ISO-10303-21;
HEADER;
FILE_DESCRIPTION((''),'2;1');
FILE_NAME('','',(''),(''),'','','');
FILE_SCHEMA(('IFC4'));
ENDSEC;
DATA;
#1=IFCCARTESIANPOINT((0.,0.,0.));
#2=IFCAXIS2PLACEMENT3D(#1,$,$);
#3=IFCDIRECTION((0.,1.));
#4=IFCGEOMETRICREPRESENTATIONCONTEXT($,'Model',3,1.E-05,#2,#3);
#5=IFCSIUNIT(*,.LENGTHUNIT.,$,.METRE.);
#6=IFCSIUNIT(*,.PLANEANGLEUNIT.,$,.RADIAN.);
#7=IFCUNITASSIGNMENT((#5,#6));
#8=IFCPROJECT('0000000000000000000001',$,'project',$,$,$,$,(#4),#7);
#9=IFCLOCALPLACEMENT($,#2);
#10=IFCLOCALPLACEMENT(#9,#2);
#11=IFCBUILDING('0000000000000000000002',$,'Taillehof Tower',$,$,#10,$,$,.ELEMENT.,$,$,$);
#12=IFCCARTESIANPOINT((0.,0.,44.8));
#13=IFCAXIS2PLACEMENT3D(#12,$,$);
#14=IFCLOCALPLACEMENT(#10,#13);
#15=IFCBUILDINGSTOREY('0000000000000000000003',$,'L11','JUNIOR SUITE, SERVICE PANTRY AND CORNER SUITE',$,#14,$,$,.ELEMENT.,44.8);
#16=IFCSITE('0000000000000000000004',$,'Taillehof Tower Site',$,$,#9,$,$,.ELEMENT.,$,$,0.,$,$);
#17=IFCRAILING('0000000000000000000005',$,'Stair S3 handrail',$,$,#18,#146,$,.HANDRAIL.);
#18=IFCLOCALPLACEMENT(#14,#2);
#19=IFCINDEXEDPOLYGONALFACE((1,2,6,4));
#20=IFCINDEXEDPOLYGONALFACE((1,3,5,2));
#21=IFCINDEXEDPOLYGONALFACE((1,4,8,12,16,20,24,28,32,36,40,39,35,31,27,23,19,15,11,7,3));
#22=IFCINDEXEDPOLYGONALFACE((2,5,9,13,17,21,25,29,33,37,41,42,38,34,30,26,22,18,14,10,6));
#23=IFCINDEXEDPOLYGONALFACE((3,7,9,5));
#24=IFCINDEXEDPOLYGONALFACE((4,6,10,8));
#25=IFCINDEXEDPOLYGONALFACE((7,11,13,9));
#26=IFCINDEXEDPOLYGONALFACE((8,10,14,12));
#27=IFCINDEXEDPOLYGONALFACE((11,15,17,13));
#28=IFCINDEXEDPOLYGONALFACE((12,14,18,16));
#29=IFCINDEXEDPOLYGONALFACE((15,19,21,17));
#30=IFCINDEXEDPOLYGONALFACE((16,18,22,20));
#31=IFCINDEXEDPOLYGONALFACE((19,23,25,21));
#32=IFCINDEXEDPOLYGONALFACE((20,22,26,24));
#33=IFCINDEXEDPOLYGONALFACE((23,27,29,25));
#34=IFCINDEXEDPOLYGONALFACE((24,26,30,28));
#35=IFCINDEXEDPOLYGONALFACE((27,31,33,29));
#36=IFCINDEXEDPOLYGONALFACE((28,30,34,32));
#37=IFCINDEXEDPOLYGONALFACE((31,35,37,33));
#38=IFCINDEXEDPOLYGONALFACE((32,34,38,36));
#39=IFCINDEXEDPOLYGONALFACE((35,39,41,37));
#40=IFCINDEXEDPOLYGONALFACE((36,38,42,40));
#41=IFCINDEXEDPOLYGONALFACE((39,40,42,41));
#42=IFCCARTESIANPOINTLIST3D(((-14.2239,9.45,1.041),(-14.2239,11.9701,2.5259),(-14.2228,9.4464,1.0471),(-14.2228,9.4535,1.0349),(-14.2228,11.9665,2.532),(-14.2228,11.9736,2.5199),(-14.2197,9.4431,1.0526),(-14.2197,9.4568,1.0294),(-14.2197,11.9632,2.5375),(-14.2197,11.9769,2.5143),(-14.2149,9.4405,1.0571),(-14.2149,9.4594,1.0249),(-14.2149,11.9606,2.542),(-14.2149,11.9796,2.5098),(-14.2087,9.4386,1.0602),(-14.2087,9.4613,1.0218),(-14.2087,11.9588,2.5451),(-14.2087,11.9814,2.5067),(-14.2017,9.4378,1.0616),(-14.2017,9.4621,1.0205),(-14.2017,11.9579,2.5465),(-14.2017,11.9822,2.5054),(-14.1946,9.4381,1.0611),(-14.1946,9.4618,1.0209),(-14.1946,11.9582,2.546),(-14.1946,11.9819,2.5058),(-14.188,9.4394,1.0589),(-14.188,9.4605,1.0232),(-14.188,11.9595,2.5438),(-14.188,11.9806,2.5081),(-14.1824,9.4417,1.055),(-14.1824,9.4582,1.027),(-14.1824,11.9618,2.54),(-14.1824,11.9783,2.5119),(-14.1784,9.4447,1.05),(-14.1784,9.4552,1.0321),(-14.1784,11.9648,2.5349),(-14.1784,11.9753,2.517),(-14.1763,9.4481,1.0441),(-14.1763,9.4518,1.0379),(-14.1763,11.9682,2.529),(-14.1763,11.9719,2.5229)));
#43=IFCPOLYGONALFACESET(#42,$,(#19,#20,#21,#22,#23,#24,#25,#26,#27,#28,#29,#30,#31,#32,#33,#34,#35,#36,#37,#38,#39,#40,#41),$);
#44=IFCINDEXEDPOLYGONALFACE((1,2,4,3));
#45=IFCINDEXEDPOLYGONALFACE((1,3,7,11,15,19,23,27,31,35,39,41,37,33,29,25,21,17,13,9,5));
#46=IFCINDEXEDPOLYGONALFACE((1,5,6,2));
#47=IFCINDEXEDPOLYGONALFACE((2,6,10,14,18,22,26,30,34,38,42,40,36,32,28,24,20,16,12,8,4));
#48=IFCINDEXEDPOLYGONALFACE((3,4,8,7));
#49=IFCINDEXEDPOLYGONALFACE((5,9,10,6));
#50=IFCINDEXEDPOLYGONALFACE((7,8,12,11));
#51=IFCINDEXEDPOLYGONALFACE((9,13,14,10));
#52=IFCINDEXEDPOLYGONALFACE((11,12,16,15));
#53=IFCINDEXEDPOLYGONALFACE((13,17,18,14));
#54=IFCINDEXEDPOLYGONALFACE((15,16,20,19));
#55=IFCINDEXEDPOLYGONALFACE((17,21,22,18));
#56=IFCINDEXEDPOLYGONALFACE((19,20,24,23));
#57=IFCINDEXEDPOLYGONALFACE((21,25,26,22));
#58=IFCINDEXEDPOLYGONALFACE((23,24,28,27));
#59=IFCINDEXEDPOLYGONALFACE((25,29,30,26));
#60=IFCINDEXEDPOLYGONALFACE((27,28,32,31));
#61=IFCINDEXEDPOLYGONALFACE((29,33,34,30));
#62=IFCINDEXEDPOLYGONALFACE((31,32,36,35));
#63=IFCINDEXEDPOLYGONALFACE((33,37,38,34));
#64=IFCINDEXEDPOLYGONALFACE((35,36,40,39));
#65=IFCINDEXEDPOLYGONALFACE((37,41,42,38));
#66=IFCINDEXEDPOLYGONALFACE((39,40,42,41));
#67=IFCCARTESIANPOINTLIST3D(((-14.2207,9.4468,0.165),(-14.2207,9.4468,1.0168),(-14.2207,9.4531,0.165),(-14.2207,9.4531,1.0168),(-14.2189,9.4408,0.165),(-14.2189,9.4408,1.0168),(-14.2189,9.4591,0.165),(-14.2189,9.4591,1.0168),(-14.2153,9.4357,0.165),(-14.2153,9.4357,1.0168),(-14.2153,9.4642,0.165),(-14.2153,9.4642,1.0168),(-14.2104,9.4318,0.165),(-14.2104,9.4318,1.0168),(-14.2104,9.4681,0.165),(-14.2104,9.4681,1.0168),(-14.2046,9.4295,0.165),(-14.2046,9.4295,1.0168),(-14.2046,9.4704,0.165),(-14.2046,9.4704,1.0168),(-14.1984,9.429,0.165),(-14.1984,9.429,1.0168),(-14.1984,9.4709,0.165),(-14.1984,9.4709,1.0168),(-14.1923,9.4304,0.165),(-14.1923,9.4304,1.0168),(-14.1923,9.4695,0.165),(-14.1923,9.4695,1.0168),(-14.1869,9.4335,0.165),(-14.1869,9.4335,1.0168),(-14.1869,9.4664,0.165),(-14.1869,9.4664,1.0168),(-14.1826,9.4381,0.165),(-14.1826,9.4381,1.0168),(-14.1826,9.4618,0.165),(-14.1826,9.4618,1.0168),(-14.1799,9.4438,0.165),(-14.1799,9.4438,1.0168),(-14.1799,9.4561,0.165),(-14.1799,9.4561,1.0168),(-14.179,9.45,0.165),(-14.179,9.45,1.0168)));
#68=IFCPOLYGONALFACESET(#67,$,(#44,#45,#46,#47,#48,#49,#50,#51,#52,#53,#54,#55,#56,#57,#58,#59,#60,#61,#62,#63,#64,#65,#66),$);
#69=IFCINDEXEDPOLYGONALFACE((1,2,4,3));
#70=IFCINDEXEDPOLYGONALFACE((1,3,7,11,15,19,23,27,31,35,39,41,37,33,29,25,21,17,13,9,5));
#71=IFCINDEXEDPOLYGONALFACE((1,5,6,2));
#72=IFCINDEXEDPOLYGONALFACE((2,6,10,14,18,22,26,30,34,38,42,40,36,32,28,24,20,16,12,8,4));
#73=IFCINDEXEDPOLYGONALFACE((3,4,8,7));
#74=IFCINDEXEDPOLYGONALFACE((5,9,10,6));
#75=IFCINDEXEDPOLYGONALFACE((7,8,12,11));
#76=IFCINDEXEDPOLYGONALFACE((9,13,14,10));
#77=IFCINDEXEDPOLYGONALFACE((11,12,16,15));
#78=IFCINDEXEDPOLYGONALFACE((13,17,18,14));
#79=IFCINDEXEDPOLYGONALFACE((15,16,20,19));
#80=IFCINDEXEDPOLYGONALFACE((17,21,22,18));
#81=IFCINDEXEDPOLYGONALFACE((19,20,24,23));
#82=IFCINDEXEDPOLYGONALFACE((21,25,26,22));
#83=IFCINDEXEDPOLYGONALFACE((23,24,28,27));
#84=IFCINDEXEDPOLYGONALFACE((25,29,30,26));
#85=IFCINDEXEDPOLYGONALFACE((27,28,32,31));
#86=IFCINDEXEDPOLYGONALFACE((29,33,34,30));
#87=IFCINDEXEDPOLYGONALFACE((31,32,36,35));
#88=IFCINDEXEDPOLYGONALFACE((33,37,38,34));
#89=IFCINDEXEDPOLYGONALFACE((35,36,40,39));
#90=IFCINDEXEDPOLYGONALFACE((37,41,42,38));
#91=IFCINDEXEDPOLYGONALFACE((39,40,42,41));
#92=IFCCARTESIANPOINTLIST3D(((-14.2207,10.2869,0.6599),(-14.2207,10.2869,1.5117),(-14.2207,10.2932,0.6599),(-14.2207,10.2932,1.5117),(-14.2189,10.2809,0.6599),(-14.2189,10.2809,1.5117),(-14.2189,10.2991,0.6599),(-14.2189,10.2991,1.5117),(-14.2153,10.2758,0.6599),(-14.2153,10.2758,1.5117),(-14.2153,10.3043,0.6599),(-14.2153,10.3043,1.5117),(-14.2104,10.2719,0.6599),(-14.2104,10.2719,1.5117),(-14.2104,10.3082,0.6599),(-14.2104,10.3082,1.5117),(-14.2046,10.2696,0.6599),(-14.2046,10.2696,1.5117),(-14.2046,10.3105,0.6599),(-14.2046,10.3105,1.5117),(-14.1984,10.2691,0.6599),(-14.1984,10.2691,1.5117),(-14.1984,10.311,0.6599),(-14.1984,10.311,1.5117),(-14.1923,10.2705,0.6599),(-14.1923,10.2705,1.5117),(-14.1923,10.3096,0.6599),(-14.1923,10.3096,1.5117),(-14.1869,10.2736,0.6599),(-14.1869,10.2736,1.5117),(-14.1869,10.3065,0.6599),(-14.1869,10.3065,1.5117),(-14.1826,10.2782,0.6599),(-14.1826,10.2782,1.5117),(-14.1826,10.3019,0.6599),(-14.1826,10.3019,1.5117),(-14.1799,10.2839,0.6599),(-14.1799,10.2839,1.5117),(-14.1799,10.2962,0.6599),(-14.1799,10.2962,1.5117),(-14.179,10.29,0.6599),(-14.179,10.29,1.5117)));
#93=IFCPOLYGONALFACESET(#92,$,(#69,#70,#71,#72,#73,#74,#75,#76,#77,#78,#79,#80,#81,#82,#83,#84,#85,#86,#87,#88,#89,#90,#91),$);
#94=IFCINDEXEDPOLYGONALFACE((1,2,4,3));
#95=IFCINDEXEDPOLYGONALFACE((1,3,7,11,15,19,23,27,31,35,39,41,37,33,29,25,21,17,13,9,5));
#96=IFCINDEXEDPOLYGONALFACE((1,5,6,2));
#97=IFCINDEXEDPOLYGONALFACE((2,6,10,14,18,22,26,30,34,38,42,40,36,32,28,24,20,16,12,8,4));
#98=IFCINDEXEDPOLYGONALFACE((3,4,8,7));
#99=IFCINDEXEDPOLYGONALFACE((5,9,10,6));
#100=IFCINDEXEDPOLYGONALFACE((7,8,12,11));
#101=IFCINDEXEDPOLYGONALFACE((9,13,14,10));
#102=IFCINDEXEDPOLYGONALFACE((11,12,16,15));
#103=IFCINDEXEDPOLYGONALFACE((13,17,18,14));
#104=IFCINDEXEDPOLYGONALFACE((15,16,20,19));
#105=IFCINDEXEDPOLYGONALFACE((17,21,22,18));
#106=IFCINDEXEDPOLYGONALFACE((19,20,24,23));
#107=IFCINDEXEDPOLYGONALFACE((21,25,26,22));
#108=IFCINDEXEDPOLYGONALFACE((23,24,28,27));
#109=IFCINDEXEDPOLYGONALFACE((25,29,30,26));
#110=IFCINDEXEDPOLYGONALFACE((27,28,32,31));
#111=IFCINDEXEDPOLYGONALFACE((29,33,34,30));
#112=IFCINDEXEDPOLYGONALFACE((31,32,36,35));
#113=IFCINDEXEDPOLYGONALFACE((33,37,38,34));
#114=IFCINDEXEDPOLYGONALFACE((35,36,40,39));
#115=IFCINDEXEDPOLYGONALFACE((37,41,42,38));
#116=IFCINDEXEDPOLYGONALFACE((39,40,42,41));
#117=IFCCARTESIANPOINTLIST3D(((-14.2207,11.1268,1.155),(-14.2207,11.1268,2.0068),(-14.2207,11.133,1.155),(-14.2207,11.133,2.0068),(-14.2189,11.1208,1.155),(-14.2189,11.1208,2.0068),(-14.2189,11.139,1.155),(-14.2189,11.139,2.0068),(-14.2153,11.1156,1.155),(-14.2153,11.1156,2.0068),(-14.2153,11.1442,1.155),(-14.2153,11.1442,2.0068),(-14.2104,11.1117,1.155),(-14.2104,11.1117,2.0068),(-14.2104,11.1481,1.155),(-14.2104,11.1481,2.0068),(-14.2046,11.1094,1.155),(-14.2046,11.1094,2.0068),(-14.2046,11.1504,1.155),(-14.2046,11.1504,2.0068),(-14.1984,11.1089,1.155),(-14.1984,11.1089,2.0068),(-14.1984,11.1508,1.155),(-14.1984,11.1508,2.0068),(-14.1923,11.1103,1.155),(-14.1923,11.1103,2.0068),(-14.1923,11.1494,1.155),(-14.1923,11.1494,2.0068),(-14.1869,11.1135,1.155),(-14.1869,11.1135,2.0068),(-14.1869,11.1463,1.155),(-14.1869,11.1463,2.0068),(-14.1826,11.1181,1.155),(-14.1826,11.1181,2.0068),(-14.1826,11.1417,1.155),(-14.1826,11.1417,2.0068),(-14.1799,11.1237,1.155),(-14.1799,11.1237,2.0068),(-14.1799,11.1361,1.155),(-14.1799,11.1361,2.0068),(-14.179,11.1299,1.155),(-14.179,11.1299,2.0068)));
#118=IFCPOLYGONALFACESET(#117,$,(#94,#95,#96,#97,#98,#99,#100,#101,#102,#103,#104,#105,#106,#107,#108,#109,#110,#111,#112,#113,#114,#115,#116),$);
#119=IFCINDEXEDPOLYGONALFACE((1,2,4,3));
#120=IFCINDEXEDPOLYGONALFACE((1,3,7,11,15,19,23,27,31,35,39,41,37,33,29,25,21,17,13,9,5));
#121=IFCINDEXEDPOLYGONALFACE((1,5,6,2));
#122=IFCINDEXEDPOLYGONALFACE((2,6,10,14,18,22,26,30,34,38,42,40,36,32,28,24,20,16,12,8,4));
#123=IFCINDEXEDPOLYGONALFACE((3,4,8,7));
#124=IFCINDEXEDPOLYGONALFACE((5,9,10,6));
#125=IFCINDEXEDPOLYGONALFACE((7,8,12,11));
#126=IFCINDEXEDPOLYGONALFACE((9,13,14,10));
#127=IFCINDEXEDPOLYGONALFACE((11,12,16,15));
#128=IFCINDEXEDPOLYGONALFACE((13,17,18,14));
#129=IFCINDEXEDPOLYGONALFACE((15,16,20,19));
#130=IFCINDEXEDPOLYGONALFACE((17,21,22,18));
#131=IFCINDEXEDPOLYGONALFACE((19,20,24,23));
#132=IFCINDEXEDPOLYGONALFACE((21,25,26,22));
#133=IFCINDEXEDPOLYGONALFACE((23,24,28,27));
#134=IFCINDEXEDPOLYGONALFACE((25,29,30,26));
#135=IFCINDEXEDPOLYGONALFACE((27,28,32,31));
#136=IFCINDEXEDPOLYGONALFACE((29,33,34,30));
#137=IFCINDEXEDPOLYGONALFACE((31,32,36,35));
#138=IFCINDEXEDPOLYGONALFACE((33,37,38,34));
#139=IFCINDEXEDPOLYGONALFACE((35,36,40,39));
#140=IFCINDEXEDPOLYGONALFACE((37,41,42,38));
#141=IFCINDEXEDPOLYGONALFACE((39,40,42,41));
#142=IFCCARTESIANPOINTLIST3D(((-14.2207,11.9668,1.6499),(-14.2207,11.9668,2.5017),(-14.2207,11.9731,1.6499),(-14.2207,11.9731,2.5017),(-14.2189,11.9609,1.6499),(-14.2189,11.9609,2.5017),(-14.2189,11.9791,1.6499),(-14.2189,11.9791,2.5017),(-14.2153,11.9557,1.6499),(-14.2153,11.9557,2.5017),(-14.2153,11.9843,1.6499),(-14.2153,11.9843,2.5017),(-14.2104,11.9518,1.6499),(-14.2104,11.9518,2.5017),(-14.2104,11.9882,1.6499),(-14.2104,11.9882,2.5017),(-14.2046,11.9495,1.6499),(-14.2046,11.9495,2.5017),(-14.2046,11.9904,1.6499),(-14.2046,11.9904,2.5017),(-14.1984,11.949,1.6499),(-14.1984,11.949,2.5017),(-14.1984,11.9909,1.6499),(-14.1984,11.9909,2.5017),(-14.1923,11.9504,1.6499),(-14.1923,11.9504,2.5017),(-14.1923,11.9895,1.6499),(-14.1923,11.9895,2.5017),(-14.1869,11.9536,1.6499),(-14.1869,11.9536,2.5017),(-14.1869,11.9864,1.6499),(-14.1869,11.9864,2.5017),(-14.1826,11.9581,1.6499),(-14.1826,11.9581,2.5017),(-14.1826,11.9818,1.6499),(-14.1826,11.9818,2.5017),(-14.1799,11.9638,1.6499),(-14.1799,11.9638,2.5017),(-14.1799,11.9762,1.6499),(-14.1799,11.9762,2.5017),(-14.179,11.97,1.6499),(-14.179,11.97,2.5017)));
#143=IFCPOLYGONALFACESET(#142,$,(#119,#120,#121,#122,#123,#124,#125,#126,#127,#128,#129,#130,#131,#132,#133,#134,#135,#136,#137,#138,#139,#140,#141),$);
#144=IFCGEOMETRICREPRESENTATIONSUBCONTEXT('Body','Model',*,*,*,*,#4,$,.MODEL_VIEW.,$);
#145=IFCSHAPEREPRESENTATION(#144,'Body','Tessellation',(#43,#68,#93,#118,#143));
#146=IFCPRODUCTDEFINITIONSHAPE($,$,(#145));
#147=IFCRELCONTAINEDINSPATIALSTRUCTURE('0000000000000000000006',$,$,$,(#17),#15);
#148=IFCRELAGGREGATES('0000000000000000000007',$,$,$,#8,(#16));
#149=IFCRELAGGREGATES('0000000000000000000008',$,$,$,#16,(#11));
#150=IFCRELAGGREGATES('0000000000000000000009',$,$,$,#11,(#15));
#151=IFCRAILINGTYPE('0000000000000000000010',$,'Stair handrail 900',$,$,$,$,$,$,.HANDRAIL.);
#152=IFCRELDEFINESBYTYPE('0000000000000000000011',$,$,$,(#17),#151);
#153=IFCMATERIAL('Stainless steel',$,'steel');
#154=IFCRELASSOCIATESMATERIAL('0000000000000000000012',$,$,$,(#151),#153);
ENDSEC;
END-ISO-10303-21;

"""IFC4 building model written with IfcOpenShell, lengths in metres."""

from ifc_helpers import new_model, si_unit, direction, frame, origin, origin_2d, place, context, subcontext, project, spatial, circle, extrude, material, type_object, element, save


model = new_model("IFC4")

# Units and contexts
model_context = context("Model", 3, precision=1e-05, world=origin(), true_north=direction((0.0, 1.0)))
body_context = subcontext(model_context, "Body", "Model", "MODEL_VIEW")
ifc_project = project(units=[si_unit("LENGTHUNIT", "METRE"), si_unit("PLANEANGLEUNIT", "RADIAN")], contexts=[model_context])

# Site, building, storey
site_placement = place(None, origin())
site = spatial("IfcSite", under=ifc_project, at=site_placement, Name="Taillehof Tower Site", CompositionType="ELEMENT", RefElevation=0.0)
building_placement = place(site_placement, origin())
building = spatial("IfcBuilding", under=site, at=building_placement, Name="Taillehof Tower", CompositionType="ELEMENT")
storey_placement = place(building_placement, frame((0.0, 0.0, 44.8)))
storey = spatial("IfcBuildingStorey", under=building, at=storey_placement, Name="L11", Description="JUNIOR SUITE, SERVICE PANTRY AND CORNER SUITE", CompositionType="ELEMENT", Elevation=44.8)

# Railing
ifc_material_1 = material(Name="Stainless steel", Category="steel")
railing_type = type_object("IfcRailingType", Name="Stair handrail 900", PredefinedType="HANDRAIL", material=ifc_material_1)
railing_1_placement = place(storey_placement, frame((-14.2, 9.45, 0.165)))
element("IfcRailing", 1, at=railing_1_placement, inside=storey, type_object=railing_type, Name="Stair S3 handrail", PredefinedType="HANDRAIL", context=body_context, shape_type="SweptSolid", body=[
    extrude(circle(Radius=0.0239, at=origin_2d()), frame((0.0, 0.0, 0.876), z_axis=(0.0, 0.861561, 0.507655), x_axis=(-1.0, 0.0, 0.0)), (0.0, 0.0, 1.0), 2.925),
    extrude(circle(Radius=0.021, at=origin_2d()), origin(), (0.0, 0.0, 1.0), 0.8518),
    extrude(circle(Radius=0.021, at=origin_2d()), frame((0.0, 0.8401, 0.4949)), (0.0, 0.0, 1.0), 0.8518),
    extrude(circle(Radius=0.021, at=origin_2d()), frame((0.0, 1.6799, 0.99)), (0.0, 0.0, 1.0), 0.8518),
    extrude(circle(Radius=0.021, at=origin_2d()), frame((0.0, 2.52, 1.4849)), (0.0, 0.0, 1.0), 0.8518),
])

save(model, "model.ifc")
